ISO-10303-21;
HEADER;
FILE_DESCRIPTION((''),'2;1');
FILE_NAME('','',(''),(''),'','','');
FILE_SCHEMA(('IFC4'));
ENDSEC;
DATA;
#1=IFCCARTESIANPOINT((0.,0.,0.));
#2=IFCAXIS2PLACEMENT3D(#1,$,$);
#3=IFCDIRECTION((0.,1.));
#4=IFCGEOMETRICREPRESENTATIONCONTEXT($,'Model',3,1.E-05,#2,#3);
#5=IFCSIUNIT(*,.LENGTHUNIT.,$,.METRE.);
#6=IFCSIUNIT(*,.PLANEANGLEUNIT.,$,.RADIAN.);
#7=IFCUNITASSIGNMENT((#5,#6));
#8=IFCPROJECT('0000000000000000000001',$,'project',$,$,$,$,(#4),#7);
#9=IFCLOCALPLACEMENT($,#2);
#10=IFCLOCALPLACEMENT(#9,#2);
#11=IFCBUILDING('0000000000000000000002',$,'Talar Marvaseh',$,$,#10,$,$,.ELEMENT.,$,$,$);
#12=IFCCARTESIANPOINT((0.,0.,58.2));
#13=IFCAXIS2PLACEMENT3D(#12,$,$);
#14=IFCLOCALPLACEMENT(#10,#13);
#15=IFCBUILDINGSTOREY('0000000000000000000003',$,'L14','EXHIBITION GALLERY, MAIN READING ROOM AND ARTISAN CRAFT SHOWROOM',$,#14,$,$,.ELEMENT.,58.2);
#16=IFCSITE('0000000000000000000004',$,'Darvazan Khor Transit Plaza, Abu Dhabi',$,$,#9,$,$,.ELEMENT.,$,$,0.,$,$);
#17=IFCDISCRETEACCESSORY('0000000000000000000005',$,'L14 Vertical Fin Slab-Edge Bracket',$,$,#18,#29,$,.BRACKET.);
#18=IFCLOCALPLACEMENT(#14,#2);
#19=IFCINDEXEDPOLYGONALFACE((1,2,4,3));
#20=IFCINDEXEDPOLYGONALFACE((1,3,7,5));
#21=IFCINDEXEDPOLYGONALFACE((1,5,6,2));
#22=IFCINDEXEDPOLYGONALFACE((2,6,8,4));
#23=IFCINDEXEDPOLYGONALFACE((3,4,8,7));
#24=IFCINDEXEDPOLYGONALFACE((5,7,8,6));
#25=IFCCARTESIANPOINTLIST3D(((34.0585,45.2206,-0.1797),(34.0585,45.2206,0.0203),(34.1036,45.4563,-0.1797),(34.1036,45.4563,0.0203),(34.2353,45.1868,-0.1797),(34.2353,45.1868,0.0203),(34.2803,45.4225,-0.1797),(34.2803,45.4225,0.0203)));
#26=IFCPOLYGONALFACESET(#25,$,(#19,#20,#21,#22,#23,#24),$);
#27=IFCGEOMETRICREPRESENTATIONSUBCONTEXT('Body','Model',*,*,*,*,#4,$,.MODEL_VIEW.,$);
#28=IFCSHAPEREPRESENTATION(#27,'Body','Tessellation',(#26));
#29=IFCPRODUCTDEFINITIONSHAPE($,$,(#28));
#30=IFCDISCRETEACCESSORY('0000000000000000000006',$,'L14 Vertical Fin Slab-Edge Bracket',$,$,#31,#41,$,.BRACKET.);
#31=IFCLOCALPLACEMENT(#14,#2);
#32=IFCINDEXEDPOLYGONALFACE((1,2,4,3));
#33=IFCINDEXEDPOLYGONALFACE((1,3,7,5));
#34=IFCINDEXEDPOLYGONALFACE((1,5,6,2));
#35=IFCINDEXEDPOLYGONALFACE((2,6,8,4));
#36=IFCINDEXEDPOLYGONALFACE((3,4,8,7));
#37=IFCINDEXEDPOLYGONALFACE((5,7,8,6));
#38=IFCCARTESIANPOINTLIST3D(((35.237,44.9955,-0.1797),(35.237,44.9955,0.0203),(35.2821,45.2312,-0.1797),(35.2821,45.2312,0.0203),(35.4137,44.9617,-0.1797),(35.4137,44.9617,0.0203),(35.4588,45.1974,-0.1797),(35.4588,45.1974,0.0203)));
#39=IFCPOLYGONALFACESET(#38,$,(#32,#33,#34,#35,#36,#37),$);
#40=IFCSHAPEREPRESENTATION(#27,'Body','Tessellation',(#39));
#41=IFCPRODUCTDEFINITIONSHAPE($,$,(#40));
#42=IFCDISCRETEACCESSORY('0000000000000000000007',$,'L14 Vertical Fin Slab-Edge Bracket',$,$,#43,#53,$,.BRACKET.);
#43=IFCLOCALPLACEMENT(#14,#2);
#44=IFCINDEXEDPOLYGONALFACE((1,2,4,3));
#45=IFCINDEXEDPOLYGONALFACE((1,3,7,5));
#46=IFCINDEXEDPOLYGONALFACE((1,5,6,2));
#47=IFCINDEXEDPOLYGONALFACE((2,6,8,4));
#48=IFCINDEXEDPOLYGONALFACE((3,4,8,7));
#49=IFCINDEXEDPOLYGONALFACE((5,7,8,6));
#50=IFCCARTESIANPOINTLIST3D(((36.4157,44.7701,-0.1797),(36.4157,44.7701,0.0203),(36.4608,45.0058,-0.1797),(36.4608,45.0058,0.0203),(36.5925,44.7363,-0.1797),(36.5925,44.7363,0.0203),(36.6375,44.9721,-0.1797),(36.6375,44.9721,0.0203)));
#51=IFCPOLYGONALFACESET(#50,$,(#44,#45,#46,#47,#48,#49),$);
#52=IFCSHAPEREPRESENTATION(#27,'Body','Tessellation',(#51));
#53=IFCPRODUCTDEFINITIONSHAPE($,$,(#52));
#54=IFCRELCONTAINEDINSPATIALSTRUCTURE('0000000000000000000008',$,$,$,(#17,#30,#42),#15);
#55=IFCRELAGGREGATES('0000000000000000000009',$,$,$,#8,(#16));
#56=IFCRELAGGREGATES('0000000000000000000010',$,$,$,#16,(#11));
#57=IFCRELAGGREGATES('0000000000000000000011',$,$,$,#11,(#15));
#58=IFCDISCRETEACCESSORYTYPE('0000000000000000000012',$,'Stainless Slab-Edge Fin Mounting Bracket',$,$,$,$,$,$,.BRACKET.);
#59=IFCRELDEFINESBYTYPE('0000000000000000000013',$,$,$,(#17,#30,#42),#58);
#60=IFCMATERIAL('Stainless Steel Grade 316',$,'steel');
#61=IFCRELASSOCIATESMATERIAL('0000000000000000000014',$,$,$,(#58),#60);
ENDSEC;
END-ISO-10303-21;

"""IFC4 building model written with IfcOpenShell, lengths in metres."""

from ifc_helpers import new_model, si_unit, direction, frame, origin, origin_2d, place, context, subcontext, project, spatial, rectangle, extrude, source, transform, mapped, material, type_object, type_shapes, element, save


model = new_model("IFC4")

# Units and contexts
model_context = context("Model", 3, precision=1e-05, world=origin(), true_north=direction((0.0, 1.0)))
body_context = subcontext(model_context, "Body", "Model", "MODEL_VIEW")
ifc_project = project(units=[si_unit("LENGTHUNIT", "METRE"), si_unit("PLANEANGLEUNIT", "RADIAN")], contexts=[model_context])

# Site, building, storey
site_placement = place(None, origin())
site = spatial("IfcSite", under=ifc_project, at=site_placement, Name="Darvazan Khor Transit Plaza, Abu Dhabi", CompositionType="ELEMENT", RefElevation=0.0)
building_placement = place(site_placement, origin())
building = spatial("IfcBuilding", under=site, at=building_placement, Name="Talar Marvaseh", CompositionType="ELEMENT")
storey_placement = place(building_placement, frame((0.0, 0.0, 58.2)))
storey = spatial("IfcBuildingStorey", under=building, at=storey_placement, Name="L14", Description="EXHIBITION GALLERY, MAIN READING ROOM AND ARTISAN CRAFT SHOWROOM", CompositionType="ELEMENT", Elevation=58.2)

# Discrete accessories
ifc_material_1 = material(Name="Stainless Steel Grade 316", Category="steel")
discrete_accessory_type = type_object("IfcDiscreteAccessoryType", Name="Stainless Slab-Edge Fin Mounting Bracket", PredefinedType="BRACKET", material=ifc_material_1)
shared_shape_1 = source(origin(), body_context, "Body", "SweptSolid", [
    extrude(rectangle(XDim=0.24, YDim=0.1799, at=origin_2d()), origin(), (0.0, 0.0, 1.0), 0.2),
])
type_shapes(discrete_accessory_type, [shared_shape_1])
for number, where, z_axis, x_axis, name in (
    (1, (34.1694, 45.3215, -0.1797), (0.0, 0.0, 1.0), (0.187724, 0.982222, 0.0), "L14 Vertical Fin Slab-Edge Bracket"),
    (2, (35.3479, 45.0964, -0.1797), (0.0, 0.0, 1.0), (0.187724, 0.982222, 0.0), "L14 Vertical Fin Slab-Edge Bracket"),
    (3, (36.5266, 44.8711, -0.1797), (0.0, 0.0, 1.0), (0.187724, 0.982222, 0.0), "L14 Vertical Fin Slab-Edge Bracket"),
):
    element("IfcDiscreteAccessory", number, at=place(storey_placement, frame(where, z_axis=z_axis, x_axis=x_axis)), inside=storey, type_object=discrete_accessory_type, Name=name, PredefinedType="BRACKET", context=body_context, shape_type="MappedRepresentation", body=[
        mapped(shared_shape_1, transform((0.0, 0.0, 0.0), x_axis=(1.0, 0.0, 0.0), y_axis=(0.0, 1.0, 0.0), z_axis=(0.0, 0.0, 1.0), scale=1.0)),
    ])

save(model, "model.ifc")
